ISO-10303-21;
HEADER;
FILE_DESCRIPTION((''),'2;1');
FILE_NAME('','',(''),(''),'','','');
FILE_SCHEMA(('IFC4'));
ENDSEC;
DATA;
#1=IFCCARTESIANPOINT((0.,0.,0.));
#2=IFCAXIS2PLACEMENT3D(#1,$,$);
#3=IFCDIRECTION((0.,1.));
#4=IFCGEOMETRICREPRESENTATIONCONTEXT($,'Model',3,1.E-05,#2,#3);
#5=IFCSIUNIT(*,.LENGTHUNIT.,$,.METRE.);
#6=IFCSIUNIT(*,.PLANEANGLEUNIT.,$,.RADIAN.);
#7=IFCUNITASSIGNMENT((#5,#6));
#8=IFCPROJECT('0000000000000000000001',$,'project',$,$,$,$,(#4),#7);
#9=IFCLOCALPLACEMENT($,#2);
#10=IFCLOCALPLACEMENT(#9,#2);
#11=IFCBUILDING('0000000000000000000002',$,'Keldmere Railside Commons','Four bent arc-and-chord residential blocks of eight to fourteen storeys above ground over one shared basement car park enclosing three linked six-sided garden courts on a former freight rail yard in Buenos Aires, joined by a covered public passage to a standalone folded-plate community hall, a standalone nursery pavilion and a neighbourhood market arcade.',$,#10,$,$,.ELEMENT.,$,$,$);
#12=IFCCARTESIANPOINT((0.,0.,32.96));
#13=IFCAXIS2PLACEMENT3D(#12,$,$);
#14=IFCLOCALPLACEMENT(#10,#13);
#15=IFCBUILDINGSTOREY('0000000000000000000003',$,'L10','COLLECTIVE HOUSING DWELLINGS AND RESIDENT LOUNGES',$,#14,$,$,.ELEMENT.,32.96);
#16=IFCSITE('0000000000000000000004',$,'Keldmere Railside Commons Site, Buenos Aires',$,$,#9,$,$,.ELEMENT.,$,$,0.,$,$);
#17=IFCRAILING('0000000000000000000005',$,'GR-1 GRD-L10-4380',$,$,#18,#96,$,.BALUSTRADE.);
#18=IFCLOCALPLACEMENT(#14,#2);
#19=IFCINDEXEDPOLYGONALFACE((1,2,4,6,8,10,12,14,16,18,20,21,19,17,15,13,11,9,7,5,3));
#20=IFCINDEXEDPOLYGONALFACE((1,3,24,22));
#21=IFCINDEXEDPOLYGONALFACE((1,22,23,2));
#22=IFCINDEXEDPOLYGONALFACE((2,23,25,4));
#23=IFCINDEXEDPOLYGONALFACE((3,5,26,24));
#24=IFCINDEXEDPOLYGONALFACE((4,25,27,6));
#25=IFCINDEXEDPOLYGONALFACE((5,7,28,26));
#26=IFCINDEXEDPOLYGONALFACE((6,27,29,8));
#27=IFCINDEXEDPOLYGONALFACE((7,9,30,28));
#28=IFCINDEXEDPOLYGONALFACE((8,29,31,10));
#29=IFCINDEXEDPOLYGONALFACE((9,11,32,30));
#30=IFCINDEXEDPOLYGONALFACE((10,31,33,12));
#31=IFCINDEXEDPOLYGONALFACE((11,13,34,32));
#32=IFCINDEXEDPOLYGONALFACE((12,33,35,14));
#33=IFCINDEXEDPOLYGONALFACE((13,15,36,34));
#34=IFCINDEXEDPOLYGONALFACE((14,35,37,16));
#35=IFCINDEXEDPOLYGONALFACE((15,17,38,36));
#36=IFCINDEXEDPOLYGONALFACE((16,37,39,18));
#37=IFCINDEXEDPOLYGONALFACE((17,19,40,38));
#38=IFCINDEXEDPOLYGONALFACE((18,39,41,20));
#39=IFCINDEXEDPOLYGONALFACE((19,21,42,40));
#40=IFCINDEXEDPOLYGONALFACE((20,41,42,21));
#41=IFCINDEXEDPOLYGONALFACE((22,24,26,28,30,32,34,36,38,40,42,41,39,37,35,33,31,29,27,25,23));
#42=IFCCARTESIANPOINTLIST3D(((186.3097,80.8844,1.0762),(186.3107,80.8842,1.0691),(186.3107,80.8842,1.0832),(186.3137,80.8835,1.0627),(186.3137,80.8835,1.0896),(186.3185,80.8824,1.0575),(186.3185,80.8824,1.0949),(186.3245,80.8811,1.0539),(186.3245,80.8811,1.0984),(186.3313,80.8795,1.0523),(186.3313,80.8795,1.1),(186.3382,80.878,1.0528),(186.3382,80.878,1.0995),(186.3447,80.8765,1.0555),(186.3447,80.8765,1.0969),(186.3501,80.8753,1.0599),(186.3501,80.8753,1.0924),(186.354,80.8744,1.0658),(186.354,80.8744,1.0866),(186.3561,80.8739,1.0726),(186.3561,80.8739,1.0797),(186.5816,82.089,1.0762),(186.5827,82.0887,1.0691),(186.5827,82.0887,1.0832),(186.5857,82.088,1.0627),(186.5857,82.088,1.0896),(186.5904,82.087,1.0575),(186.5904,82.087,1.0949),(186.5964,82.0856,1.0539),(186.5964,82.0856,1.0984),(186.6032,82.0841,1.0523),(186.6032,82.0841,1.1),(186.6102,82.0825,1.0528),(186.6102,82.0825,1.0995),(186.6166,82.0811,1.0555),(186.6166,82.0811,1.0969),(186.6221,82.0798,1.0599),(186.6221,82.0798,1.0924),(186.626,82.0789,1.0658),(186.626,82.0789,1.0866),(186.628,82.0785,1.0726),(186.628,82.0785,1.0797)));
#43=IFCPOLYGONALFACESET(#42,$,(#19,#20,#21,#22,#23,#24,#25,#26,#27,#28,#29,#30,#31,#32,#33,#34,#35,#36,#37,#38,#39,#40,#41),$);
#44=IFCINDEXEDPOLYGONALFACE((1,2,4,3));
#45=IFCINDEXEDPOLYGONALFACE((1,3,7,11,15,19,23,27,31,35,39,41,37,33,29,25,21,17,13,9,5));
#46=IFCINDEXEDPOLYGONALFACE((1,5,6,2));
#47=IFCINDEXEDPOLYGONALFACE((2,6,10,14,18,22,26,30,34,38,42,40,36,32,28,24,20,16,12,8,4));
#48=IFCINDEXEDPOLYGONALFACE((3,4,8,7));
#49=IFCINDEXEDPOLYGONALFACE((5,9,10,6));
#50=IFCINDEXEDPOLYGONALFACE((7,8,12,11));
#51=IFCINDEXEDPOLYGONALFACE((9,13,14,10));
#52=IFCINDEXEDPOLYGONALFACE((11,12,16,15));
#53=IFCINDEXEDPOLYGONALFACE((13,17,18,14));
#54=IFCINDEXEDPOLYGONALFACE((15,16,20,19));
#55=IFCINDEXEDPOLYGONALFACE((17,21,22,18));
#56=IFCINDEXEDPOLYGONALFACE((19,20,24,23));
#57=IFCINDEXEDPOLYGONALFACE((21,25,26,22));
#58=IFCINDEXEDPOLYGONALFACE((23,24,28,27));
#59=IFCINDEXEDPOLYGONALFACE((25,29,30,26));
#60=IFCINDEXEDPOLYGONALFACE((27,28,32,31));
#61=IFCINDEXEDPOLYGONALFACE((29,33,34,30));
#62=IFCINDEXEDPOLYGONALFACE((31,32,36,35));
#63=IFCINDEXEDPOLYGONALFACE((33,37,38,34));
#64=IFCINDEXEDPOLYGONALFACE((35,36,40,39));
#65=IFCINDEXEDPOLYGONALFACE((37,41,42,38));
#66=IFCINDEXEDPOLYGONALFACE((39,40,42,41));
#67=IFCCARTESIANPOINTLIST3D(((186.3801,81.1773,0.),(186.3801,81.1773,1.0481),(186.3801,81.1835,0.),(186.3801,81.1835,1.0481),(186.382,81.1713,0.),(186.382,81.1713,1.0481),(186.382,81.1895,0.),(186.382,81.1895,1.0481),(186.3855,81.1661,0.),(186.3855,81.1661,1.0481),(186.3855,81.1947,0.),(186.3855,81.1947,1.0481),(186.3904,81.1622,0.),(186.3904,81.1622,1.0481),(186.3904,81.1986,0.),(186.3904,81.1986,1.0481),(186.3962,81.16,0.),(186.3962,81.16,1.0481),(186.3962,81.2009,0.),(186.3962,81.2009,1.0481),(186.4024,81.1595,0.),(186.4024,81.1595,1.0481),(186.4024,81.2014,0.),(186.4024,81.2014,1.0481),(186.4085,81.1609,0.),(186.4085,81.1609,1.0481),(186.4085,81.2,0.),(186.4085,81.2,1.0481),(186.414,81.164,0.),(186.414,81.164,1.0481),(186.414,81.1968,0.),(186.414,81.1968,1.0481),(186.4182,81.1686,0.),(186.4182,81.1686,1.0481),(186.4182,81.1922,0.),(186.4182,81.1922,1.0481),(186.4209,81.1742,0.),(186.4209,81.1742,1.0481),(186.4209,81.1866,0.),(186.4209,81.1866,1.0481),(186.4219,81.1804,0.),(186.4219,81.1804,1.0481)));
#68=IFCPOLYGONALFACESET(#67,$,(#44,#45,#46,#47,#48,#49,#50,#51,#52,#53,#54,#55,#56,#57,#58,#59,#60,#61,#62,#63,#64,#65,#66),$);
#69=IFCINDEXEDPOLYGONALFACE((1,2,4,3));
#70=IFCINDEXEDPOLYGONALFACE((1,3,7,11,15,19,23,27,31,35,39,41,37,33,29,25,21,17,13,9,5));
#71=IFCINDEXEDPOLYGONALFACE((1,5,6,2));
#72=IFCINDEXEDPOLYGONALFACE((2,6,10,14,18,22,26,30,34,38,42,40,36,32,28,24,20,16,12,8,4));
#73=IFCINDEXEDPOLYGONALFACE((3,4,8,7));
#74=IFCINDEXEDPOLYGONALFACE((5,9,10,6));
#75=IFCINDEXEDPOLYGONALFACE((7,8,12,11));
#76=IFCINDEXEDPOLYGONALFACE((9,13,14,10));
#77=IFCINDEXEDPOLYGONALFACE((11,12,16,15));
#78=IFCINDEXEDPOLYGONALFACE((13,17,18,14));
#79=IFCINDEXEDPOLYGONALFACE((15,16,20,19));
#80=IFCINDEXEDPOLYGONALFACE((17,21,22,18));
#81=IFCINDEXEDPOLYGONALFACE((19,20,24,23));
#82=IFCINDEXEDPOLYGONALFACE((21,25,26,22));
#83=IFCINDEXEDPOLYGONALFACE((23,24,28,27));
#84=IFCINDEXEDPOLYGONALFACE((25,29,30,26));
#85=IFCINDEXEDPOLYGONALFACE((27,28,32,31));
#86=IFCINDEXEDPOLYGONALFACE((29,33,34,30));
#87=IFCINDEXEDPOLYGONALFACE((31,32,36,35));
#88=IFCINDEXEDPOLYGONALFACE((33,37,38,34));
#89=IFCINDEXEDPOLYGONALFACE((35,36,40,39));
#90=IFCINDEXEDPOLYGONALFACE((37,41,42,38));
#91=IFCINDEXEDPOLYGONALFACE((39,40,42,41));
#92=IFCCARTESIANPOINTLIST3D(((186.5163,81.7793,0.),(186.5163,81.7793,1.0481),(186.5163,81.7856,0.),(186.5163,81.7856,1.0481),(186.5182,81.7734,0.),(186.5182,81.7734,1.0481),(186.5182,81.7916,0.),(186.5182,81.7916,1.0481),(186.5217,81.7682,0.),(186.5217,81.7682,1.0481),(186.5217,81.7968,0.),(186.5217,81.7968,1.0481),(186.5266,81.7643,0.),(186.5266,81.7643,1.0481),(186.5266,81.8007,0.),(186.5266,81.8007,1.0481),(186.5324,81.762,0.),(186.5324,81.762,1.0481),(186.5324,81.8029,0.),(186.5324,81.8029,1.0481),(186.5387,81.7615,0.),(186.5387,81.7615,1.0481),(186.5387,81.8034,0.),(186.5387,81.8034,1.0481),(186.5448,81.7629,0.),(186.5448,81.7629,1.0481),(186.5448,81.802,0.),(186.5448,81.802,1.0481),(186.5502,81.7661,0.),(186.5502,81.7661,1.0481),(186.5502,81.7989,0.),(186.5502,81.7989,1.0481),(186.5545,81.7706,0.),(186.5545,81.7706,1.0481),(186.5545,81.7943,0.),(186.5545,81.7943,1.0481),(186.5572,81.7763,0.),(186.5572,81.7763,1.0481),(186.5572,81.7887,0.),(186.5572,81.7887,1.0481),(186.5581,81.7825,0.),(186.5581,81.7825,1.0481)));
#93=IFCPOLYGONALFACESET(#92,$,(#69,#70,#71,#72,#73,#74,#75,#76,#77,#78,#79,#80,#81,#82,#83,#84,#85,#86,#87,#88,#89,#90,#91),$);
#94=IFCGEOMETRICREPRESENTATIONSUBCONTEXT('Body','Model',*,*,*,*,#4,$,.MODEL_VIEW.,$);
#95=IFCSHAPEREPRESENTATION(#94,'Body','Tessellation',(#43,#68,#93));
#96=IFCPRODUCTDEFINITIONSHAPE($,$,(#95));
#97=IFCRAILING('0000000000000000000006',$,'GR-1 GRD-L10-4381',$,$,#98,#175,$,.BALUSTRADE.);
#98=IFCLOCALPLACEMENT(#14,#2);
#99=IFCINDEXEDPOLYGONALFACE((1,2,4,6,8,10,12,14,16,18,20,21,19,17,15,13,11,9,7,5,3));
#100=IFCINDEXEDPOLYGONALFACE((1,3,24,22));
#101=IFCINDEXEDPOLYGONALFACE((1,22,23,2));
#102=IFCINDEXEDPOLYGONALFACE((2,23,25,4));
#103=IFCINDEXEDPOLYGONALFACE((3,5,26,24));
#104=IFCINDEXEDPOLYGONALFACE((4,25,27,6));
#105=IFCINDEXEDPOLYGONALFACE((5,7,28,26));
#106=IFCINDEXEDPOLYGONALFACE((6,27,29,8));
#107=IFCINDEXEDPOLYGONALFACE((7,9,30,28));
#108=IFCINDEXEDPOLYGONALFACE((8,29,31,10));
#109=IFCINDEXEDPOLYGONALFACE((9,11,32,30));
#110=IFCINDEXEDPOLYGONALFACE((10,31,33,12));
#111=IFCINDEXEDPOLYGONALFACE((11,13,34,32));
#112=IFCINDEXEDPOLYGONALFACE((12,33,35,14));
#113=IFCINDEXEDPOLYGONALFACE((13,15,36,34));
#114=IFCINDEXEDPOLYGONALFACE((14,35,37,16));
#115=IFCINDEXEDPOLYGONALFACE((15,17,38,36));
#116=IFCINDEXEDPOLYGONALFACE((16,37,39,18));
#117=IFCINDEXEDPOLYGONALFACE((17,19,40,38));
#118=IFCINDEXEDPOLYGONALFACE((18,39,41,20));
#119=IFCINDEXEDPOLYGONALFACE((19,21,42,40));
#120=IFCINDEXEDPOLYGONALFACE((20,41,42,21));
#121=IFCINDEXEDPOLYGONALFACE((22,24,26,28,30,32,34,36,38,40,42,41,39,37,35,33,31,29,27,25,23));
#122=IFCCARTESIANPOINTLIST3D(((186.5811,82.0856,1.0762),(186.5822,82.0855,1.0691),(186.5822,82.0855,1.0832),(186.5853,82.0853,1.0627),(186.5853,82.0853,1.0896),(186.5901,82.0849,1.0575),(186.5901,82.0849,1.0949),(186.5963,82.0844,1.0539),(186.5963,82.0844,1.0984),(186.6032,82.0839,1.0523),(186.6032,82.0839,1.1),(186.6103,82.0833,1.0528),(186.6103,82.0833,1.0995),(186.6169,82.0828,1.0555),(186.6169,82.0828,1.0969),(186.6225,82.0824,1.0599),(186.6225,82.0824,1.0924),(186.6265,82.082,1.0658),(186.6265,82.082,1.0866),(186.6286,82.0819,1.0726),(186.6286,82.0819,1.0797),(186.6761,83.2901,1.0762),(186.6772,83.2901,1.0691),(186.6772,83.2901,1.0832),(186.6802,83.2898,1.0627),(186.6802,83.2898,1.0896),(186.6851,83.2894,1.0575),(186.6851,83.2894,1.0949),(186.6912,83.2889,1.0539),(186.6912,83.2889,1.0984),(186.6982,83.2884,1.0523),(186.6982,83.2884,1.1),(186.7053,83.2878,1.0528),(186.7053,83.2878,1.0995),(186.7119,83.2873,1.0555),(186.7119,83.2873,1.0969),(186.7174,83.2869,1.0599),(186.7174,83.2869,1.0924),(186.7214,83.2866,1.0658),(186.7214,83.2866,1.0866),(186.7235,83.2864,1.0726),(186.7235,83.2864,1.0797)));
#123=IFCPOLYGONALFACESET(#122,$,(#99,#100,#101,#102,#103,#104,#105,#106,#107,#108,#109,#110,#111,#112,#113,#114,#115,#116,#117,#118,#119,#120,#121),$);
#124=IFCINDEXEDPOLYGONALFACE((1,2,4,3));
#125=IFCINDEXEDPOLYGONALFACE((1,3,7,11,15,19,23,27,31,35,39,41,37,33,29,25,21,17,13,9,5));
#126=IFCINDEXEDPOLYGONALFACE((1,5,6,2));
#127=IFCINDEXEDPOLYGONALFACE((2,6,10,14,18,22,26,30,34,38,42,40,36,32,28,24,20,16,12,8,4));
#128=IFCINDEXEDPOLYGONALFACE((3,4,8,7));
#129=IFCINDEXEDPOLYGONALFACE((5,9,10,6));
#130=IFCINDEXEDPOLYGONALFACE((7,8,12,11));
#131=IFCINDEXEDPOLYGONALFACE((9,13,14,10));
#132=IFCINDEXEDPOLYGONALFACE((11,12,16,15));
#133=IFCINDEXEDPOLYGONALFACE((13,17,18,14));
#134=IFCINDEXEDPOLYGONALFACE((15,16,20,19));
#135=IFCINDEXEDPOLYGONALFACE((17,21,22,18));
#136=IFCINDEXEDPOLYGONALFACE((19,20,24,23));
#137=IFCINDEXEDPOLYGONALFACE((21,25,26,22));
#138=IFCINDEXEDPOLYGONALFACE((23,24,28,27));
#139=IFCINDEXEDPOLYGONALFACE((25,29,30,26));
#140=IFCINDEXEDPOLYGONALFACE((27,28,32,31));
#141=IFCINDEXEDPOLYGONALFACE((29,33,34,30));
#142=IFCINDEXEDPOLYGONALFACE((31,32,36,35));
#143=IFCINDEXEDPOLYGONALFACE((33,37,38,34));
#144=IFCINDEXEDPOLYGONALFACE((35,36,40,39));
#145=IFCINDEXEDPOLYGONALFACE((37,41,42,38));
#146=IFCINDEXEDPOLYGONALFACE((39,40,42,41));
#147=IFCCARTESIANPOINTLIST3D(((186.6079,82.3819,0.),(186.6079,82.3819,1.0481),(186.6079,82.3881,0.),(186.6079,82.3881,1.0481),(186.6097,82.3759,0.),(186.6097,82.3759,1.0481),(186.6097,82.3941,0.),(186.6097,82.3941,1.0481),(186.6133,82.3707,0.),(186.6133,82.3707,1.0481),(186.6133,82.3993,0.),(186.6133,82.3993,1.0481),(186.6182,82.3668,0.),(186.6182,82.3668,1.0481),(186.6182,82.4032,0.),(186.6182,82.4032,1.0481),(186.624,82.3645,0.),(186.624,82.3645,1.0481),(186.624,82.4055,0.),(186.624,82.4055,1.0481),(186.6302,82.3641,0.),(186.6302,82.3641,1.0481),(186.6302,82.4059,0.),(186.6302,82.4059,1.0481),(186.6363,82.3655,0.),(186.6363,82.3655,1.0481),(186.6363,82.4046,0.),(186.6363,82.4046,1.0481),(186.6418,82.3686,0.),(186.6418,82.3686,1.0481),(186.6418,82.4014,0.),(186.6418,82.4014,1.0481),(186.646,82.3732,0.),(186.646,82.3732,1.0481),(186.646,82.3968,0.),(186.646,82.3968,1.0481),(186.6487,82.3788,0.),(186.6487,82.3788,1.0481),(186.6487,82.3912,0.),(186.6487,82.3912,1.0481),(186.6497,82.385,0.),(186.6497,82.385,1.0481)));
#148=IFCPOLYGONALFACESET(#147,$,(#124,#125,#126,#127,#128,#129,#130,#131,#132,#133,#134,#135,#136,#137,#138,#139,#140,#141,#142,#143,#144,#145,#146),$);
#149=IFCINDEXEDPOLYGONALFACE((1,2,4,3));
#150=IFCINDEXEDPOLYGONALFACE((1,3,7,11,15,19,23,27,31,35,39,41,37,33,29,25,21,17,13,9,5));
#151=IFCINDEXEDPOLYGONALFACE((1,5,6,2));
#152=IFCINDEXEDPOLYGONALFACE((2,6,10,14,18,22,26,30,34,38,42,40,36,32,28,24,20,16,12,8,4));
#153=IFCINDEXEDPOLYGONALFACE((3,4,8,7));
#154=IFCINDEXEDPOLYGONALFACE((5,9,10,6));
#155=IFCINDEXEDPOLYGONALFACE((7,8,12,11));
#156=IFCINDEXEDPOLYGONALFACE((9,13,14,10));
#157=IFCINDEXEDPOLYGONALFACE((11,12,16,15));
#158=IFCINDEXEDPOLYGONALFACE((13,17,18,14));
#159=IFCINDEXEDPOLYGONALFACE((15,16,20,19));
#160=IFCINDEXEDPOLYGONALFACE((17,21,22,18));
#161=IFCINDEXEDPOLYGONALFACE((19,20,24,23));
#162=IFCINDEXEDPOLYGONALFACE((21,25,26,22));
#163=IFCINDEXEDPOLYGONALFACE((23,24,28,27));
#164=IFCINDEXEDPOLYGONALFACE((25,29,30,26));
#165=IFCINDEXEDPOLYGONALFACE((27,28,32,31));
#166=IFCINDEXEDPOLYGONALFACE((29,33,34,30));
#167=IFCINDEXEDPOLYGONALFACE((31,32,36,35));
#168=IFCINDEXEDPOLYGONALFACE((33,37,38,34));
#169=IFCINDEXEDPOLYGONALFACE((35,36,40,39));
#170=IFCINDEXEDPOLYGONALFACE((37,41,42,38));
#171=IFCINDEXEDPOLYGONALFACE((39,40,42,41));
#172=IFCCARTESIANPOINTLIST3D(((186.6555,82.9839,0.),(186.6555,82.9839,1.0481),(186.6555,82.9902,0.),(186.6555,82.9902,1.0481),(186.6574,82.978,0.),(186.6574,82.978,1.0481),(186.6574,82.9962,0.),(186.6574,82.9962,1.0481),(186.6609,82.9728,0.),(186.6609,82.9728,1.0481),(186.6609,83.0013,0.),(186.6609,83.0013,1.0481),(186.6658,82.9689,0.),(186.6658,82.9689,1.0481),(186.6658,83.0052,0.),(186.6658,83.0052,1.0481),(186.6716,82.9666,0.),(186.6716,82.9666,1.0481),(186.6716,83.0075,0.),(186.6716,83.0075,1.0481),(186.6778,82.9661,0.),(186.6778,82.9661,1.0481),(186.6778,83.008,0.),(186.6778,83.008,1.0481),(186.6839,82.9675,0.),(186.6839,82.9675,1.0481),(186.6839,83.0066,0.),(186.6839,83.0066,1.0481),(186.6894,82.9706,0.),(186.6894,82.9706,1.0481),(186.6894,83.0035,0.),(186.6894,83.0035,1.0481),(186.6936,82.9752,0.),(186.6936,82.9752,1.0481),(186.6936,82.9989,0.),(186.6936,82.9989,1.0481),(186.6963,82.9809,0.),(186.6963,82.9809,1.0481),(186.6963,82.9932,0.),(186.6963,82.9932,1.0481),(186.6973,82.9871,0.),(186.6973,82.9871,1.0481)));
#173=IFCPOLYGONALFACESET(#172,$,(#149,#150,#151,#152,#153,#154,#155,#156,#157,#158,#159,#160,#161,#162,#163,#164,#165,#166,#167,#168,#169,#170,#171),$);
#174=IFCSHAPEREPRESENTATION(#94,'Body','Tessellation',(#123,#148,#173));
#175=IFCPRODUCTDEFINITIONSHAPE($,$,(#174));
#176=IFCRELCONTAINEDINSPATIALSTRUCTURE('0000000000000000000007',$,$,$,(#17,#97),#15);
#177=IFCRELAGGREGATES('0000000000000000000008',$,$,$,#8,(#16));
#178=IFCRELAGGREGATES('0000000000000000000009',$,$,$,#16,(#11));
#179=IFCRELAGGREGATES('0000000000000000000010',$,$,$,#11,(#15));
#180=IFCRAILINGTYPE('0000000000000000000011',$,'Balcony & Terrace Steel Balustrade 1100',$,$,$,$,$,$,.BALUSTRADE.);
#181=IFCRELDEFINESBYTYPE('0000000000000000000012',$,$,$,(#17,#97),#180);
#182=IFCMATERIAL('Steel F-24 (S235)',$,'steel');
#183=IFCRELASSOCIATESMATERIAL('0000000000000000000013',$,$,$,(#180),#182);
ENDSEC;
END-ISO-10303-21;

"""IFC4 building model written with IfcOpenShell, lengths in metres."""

from ifc_helpers import new_model, si_unit, direction, frame, origin, origin_2d, place, context, subcontext, project, spatial, circle, extrude, material, type_object, element, save


model = new_model("IFC4")

# Units and contexts
model_context = context("Model", 3, precision=1e-05, world=origin(), true_north=direction((0.0, 1.0)))
body_context = subcontext(model_context, "Body", "Model", "MODEL_VIEW")
ifc_project = project(units=[si_unit("LENGTHUNIT", "METRE"), si_unit("PLANEANGLEUNIT", "RADIAN")], contexts=[model_context])

# Site, building, storey
site_placement = place(None, origin())
site = spatial("IfcSite", under=ifc_project, at=site_placement, Name="Keldmere Railside Commons Site, Buenos Aires", CompositionType="ELEMENT", RefElevation=0.0)
building_placement = place(site_placement, origin())
building = spatial("IfcBuilding", under=site, at=building_placement, Name="Keldmere Railside Commons", Description="Four bent arc-and-chord residential blocks of eight to fourteen storeys above ground over one shared basement car park enclosing three linked six-sided garden courts on a former freight rail yard in Buenos Aires, joined by a covered public passage to a standalone folded-plate community hall, a standalone nursery pavilion and a neighbourhood market arcade.", CompositionType="ELEMENT")
storey_placement = place(building_placement, frame((0.0, 0.0, 32.96)))
storey = spatial("IfcBuildingStorey", under=building, at=storey_placement, Name="L10", Description="COLLECTIVE HOUSING DWELLINGS AND RESIDENT LOUNGES", CompositionType="ELEMENT", Elevation=32.96)

# Railings
ifc_material_1 = material(Name="Steel F-24 (S235)", Category="steel")
railing_type = type_object("IfcRailingType", Name="Balcony & Terrace Steel Balustrade 1100", PredefinedType="BALUSTRADE", material=ifc_material_1)
railing_1_placement = place(storey_placement, frame((186.333, 80.8792, 0.0)))
element("IfcRailing", 1, at=railing_1_placement, inside=storey, type_object=railing_type, Name="GR-1 GRD-L10-4380", PredefinedType="BALUSTRADE", context=body_context, shape_type="SweptSolid", body=[
    extrude(circle(Radius=0.0239, at=origin_2d()), frame((0.0, 0.0, 1.0762), z_axis=(0.220237, 0.975446, 0.0), x_axis=(-0.975446, 0.220237, 0.0)), (0.0, 0.0, 1.0), 1.2349),
    extrude(circle(Radius=0.021, at=origin_2d()), frame((0.0679, 0.3013, 0.0)), (0.0, 0.0, 1.0), 1.0481),
    extrude(circle(Radius=0.021, at=origin_2d()), frame((0.2041, 0.9033, 0.0)), (0.0, 0.0, 1.0), 1.0481),
])
railing_2_placement = place(storey_placement, frame((186.605, 82.0837, 0.0)))
element("IfcRailing", 2, at=railing_2_placement, inside=storey, type_object=railing_type, Name="GR-1 GRD-L10-4381", PredefinedType="BALUSTRADE", context=body_context, shape_type="SweptSolid", body=[
    extrude(circle(Radius=0.0239, at=origin_2d()), frame((0.0, 0.0, 1.0762), z_axis=(0.078597, 0.996906, 0.0), x_axis=(-0.996906, 0.078597, 0.0)), (0.0, 0.0, 1.0), 1.2083),
    extrude(circle(Radius=0.021, at=origin_2d()), frame((0.0237, 0.3013, 0.0)), (0.0, 0.0, 1.0), 1.0481),
    extrude(circle(Radius=0.021, at=origin_2d()), frame((0.0713, 0.9033, 0.0)), (0.0, 0.0, 1.0), 1.0481),
])

save(model, "model.ifc")
